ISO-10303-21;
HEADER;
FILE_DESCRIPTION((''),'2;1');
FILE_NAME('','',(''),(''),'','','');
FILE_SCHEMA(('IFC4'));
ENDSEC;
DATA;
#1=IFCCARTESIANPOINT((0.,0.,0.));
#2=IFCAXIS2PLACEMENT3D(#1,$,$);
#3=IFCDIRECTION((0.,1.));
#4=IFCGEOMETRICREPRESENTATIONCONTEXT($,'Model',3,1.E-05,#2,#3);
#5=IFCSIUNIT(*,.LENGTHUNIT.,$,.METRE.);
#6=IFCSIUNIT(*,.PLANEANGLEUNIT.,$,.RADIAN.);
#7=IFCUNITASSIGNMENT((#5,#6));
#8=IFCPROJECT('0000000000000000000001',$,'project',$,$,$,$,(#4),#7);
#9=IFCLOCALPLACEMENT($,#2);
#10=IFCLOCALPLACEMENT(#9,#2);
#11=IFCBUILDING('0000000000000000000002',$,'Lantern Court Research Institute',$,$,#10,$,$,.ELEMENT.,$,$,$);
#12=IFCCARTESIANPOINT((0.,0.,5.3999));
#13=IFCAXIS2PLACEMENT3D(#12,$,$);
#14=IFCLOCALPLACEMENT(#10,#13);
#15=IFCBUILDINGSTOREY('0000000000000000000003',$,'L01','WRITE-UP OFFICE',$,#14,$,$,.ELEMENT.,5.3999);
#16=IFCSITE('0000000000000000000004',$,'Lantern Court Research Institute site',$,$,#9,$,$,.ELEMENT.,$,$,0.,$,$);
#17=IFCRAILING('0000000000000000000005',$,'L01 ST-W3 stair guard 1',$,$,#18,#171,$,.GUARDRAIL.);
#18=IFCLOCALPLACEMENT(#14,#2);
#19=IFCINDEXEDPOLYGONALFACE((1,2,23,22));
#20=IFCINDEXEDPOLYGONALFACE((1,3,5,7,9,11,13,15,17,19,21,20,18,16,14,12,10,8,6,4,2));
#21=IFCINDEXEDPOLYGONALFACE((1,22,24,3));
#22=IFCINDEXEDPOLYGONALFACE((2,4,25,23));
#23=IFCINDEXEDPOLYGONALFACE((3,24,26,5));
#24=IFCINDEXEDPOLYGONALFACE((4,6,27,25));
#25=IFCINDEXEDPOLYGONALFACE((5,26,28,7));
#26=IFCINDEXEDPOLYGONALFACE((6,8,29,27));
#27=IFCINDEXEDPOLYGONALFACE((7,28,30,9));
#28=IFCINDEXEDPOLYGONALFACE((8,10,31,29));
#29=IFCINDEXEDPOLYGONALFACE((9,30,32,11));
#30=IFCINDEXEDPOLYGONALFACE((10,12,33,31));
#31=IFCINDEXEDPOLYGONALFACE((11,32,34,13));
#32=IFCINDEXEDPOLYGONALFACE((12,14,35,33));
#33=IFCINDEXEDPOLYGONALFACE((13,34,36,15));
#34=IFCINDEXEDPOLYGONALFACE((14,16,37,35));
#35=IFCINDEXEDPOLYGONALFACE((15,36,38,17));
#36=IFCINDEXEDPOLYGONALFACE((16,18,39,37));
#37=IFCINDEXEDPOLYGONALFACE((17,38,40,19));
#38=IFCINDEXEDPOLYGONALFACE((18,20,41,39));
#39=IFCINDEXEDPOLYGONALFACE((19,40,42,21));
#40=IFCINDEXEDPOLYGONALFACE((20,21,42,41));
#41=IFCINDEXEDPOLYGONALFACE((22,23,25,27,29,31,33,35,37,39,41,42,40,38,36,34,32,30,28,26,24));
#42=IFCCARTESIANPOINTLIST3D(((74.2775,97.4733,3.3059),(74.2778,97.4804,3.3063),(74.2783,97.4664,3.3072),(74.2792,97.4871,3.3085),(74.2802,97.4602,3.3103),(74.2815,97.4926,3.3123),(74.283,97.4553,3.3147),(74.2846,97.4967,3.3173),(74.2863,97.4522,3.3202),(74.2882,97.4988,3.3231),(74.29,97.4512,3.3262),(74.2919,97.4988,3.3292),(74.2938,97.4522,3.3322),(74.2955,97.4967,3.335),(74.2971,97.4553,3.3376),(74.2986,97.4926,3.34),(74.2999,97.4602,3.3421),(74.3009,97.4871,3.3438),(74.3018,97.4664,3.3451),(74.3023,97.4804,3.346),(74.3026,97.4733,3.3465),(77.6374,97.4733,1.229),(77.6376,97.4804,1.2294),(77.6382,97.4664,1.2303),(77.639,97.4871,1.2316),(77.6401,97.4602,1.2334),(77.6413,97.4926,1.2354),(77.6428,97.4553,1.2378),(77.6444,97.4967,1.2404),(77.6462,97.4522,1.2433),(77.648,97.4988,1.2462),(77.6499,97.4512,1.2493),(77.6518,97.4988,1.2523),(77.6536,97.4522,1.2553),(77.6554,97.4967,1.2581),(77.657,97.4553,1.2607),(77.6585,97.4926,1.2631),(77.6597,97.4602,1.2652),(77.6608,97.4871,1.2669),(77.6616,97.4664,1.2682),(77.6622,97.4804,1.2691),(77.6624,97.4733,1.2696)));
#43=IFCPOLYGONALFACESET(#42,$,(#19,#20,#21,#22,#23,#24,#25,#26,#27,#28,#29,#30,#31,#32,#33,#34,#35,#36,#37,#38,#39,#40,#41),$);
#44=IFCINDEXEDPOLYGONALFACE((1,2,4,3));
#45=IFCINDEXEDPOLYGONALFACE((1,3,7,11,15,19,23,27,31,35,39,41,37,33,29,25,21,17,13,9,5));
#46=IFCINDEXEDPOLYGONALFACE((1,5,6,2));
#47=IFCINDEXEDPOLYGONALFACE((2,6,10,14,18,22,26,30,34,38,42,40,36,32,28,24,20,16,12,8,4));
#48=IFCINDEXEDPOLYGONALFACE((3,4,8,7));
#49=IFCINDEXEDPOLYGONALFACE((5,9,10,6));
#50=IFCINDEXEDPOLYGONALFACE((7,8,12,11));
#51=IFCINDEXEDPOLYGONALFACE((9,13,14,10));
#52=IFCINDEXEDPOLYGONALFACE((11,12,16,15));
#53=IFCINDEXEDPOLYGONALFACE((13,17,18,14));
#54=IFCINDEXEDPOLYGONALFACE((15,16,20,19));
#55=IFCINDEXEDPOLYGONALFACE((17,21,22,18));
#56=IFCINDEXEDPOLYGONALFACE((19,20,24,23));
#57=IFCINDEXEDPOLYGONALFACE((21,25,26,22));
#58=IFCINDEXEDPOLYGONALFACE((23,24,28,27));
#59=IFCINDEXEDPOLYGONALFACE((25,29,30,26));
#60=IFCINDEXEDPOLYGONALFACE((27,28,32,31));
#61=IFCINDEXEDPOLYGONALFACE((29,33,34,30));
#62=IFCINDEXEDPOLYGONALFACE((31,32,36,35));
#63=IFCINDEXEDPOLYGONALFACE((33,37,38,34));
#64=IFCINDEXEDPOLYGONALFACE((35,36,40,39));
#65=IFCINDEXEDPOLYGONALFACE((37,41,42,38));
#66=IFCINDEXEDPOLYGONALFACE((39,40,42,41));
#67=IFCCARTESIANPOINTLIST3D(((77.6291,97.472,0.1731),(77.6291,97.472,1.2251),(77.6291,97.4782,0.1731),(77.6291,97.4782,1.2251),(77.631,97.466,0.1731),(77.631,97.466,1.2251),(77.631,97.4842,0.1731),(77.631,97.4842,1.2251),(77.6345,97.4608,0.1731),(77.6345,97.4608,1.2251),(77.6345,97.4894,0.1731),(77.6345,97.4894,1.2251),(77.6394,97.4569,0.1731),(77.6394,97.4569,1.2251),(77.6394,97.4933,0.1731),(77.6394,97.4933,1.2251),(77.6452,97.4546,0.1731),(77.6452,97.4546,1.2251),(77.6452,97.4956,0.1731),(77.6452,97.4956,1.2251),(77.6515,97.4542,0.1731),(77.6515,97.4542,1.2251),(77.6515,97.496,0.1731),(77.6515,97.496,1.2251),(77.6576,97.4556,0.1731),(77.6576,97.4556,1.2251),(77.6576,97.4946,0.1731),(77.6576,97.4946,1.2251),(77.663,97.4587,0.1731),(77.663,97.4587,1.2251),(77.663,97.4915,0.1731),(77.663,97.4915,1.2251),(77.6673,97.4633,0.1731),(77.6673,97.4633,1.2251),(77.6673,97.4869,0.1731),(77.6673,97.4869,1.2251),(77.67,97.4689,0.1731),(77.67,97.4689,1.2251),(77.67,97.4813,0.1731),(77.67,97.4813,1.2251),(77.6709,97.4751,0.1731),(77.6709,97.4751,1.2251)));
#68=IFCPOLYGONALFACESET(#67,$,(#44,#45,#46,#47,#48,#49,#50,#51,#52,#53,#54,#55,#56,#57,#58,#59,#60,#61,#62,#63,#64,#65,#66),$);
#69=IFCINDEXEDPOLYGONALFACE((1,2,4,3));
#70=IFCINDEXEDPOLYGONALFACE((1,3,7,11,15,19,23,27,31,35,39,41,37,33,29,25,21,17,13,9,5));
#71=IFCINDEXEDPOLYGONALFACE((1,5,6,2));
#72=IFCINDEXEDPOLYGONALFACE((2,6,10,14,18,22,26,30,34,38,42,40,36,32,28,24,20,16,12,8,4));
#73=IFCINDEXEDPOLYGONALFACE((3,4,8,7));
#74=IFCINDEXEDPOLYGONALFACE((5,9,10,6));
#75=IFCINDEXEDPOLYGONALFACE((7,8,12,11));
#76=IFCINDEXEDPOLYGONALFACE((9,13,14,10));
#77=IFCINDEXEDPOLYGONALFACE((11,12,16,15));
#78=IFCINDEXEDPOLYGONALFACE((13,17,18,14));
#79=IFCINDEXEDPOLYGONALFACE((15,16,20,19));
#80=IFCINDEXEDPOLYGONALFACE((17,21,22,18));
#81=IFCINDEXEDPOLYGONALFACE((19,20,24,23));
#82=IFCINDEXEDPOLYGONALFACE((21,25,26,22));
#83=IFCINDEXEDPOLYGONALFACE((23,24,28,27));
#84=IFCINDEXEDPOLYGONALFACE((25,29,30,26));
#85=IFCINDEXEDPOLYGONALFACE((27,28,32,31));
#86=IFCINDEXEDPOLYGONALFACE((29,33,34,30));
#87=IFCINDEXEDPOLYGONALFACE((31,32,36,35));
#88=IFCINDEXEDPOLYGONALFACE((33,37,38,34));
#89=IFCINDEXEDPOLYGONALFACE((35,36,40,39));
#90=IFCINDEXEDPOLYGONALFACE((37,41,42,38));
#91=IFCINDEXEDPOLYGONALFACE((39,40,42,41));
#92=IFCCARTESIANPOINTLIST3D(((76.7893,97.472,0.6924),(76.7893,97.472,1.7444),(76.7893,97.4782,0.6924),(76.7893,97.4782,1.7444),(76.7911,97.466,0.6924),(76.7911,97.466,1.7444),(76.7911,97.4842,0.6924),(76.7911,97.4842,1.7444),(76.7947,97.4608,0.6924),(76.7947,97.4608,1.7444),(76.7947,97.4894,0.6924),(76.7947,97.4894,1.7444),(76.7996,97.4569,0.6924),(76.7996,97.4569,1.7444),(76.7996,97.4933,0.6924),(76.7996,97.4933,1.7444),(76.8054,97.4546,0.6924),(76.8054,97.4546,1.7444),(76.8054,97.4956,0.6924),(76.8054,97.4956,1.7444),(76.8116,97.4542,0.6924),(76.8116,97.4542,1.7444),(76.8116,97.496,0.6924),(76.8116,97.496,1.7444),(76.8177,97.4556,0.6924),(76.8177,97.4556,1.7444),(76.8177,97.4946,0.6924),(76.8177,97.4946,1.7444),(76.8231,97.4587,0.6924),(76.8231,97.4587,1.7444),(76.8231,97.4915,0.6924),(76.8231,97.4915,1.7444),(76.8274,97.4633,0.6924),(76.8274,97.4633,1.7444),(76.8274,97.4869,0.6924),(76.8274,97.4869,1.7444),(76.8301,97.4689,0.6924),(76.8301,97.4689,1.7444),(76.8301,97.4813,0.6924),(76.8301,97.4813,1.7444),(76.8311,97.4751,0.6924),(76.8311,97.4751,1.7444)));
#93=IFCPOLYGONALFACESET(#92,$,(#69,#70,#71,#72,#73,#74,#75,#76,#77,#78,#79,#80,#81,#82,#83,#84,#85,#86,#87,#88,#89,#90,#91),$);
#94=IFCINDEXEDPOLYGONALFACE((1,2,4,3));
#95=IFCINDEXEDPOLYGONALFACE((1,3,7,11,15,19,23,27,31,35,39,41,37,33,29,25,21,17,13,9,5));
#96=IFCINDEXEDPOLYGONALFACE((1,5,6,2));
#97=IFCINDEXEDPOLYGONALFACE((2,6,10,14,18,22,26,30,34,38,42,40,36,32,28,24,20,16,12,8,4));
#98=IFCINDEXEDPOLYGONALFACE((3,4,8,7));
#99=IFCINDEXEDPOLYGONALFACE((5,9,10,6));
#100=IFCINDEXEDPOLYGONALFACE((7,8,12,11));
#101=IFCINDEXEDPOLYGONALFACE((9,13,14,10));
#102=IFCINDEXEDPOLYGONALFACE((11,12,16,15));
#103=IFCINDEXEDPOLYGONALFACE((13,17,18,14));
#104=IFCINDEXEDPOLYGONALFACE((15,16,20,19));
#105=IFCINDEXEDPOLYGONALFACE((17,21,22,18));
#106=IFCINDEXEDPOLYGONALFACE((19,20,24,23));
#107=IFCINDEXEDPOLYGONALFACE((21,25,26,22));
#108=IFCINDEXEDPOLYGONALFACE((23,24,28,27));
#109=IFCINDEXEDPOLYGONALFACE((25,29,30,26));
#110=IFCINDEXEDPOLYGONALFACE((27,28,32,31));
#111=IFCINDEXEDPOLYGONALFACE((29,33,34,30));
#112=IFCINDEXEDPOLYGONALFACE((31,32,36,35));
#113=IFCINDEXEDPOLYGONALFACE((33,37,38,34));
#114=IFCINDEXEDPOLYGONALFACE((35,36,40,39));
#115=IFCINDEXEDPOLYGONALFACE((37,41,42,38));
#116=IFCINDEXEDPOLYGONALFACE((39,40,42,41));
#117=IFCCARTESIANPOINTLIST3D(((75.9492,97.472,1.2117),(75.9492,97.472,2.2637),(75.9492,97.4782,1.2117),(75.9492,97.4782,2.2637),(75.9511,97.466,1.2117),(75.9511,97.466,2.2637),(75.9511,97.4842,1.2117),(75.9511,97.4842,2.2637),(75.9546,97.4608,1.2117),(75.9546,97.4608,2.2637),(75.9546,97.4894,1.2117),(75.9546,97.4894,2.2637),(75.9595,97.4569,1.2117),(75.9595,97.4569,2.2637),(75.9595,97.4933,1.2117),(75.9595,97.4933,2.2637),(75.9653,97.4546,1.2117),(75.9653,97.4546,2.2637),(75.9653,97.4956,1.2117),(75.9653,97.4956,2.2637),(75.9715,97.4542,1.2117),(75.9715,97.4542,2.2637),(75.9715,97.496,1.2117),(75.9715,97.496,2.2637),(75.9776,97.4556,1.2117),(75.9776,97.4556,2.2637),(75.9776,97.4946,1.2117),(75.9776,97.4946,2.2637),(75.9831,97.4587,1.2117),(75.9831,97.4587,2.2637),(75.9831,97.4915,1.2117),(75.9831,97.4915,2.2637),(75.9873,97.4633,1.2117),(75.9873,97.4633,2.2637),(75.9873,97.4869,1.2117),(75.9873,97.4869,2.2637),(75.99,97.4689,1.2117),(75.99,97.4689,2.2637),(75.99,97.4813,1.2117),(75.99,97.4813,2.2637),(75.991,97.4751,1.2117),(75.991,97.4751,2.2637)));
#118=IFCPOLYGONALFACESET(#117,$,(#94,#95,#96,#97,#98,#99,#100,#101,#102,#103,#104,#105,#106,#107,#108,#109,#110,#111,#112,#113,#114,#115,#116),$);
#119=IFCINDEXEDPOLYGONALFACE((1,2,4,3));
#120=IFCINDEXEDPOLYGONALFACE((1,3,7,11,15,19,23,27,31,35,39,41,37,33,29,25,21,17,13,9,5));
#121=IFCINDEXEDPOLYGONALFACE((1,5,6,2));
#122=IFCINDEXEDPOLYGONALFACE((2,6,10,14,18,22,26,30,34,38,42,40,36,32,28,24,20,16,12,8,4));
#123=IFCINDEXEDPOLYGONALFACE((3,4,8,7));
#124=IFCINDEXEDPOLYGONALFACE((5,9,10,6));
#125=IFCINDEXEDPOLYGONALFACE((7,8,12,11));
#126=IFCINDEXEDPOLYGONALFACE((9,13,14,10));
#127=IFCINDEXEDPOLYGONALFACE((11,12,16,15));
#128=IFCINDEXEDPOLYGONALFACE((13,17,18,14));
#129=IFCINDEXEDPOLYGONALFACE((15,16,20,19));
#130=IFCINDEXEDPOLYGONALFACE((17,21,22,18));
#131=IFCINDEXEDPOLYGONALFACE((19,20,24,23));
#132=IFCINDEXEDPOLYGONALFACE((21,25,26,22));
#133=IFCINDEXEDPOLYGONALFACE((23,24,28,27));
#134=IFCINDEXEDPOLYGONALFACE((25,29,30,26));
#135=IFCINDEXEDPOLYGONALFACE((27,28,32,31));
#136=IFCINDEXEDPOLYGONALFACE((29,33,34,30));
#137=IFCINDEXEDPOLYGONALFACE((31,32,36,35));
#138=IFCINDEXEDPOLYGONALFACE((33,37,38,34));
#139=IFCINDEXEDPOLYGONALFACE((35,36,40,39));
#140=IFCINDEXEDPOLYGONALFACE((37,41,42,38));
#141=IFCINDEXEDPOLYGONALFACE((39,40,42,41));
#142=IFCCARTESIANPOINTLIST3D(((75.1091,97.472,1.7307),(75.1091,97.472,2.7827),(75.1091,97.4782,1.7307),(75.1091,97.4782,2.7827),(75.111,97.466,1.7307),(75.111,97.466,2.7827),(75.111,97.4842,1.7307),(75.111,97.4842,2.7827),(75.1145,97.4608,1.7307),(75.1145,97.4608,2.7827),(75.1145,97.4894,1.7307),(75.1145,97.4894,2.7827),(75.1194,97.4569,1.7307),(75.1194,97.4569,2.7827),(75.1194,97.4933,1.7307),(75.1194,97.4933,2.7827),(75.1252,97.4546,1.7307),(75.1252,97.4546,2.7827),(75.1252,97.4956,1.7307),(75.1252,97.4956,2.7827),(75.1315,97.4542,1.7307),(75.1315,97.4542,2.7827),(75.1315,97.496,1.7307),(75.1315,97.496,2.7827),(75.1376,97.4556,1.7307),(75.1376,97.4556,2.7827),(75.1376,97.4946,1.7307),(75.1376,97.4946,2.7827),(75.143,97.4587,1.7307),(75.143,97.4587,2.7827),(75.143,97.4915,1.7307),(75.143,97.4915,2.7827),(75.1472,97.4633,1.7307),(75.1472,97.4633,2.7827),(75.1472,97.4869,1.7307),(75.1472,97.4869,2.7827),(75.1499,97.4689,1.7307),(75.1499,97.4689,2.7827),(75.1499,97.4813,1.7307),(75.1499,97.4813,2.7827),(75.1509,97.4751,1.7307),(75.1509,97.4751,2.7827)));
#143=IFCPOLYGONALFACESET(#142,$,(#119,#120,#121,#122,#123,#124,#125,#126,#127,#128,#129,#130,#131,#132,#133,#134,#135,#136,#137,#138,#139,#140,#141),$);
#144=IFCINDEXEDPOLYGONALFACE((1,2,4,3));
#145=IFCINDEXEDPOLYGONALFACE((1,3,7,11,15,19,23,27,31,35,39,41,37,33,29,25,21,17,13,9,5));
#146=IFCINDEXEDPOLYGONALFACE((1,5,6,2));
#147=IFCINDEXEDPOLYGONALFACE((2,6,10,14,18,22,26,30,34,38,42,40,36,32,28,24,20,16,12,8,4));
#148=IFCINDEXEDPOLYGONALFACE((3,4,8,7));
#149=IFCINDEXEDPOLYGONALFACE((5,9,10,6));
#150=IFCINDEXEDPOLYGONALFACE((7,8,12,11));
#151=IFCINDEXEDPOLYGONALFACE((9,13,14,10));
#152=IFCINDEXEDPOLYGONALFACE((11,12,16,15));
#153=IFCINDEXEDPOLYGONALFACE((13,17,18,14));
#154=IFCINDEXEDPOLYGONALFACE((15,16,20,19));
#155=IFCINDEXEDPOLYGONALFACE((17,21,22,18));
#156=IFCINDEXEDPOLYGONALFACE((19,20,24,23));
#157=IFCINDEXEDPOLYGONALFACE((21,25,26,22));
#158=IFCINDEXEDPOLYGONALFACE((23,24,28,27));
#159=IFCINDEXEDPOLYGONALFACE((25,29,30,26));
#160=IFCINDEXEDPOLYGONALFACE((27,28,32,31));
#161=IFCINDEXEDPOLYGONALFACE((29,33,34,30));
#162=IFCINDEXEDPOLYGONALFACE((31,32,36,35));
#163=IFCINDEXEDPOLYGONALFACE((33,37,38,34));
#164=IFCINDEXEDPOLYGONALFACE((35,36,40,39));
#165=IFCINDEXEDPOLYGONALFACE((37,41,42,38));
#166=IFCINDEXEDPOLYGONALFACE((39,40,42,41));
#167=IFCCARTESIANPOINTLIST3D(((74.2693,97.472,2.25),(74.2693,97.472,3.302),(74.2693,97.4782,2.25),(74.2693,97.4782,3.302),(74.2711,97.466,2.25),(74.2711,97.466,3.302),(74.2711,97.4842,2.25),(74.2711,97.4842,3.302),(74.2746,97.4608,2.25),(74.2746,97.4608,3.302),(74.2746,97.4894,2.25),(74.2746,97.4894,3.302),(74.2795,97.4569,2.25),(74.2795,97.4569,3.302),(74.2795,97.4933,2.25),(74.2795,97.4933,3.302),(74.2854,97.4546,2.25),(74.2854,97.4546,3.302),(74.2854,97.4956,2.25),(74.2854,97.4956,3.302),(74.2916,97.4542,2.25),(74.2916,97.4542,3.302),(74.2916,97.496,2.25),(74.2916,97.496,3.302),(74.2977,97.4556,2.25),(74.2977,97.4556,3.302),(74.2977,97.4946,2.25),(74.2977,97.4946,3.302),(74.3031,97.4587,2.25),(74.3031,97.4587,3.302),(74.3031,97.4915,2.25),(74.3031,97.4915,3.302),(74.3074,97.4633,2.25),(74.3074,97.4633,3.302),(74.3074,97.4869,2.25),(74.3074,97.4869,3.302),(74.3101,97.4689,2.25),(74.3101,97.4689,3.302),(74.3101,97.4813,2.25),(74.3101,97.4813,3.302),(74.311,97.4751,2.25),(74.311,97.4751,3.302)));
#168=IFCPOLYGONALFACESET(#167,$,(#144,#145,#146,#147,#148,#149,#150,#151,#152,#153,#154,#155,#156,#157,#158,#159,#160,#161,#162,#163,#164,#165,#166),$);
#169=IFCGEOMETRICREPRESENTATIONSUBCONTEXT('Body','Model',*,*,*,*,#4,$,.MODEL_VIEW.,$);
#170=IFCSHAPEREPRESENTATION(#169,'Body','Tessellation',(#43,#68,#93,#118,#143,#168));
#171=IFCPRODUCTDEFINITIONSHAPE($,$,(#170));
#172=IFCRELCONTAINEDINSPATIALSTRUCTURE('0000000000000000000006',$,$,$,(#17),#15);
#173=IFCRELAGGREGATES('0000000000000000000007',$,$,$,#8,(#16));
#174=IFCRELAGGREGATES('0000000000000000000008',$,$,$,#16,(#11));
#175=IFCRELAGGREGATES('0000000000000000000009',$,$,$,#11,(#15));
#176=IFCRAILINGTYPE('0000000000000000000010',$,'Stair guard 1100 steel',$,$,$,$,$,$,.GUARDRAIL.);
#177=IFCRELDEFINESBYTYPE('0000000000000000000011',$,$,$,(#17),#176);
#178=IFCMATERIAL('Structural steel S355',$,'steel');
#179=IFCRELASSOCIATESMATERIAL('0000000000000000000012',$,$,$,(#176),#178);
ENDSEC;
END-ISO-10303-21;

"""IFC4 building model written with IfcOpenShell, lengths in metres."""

from ifc_helpers import new_model, si_unit, direction, frame, origin, origin_2d, place, context, subcontext, project, spatial, circle, extrude, material, type_object, element, save


model = new_model("IFC4")

# Units and contexts
model_context = context("Model", 3, precision=1e-05, world=origin(), true_north=direction((0.0, 1.0)))
body_context = subcontext(model_context, "Body", "Model", "MODEL_VIEW")
ifc_project = project(units=[si_unit("LENGTHUNIT", "METRE"), si_unit("PLANEANGLEUNIT", "RADIAN")], contexts=[model_context])

# Site, building, storey
site_placement = place(None, origin())
site = spatial("IfcSite", under=ifc_project, at=site_placement, Name="Lantern Court Research Institute site", CompositionType="ELEMENT", RefElevation=0.0)
building_placement = place(site_placement, origin())
building = spatial("IfcBuilding", under=site, at=building_placement, Name="Lantern Court Research Institute", CompositionType="ELEMENT")
storey_placement = place(building_placement, frame((0.0, 0.0, 5.3999)))
storey = spatial("IfcBuildingStorey", under=building, at=storey_placement, Name="L01", Description="WRITE-UP OFFICE", CompositionType="ELEMENT", Elevation=5.3999)

# Railing
ifc_material_1 = material(Name="Structural steel S355", Category="steel")
railing_type_1 = type_object("IfcRailingType", Name="Stair guard 1100 steel", PredefinedType="GUARDRAIL", material=ifc_material_1)
railing_1_placement = place(storey_placement, frame((77.6499, 97.4751, 0.1731)))
element("IfcRailing", 1, at=railing_1_placement, inside=storey, type_object=railing_type_1, Name="L01 ST-W3 stair guard 1", PredefinedType="GUARDRAIL", context=body_context, shape_type="SweptSolid", body=[
    extrude(circle(Radius=0.0239, at=origin_2d()), frame((0.0, 0.0, 1.0762), z_axis=(-0.850606, 0.0, 0.525803), x_axis=(0.0, -1.0, 0.0)), (0.0, 0.0, 1.0), 3.95),
    extrude(circle(Radius=0.021, at=origin_2d()), origin(), (0.0, 0.0, 1.0), 1.052),
    extrude(circle(Radius=0.021, at=origin_2d()), frame((-0.8398, 0.0, 0.5193)), (0.0, 0.0, 1.0), 1.052),
    extrude(circle(Radius=0.021, at=origin_2d()), frame((-1.6799, 0.0, 1.0386)), (0.0, 0.0, 1.0), 1.052),
    extrude(circle(Radius=0.021, at=origin_2d()), frame((-2.52, 0.0, 1.5576)), (0.0, 0.0, 1.0), 1.052),
    extrude(circle(Radius=0.021, at=origin_2d()), frame((-3.3599, 0.0, 2.0769)), (0.0, 0.0, 1.0), 1.052),
])

save(model, "model.ifc")
